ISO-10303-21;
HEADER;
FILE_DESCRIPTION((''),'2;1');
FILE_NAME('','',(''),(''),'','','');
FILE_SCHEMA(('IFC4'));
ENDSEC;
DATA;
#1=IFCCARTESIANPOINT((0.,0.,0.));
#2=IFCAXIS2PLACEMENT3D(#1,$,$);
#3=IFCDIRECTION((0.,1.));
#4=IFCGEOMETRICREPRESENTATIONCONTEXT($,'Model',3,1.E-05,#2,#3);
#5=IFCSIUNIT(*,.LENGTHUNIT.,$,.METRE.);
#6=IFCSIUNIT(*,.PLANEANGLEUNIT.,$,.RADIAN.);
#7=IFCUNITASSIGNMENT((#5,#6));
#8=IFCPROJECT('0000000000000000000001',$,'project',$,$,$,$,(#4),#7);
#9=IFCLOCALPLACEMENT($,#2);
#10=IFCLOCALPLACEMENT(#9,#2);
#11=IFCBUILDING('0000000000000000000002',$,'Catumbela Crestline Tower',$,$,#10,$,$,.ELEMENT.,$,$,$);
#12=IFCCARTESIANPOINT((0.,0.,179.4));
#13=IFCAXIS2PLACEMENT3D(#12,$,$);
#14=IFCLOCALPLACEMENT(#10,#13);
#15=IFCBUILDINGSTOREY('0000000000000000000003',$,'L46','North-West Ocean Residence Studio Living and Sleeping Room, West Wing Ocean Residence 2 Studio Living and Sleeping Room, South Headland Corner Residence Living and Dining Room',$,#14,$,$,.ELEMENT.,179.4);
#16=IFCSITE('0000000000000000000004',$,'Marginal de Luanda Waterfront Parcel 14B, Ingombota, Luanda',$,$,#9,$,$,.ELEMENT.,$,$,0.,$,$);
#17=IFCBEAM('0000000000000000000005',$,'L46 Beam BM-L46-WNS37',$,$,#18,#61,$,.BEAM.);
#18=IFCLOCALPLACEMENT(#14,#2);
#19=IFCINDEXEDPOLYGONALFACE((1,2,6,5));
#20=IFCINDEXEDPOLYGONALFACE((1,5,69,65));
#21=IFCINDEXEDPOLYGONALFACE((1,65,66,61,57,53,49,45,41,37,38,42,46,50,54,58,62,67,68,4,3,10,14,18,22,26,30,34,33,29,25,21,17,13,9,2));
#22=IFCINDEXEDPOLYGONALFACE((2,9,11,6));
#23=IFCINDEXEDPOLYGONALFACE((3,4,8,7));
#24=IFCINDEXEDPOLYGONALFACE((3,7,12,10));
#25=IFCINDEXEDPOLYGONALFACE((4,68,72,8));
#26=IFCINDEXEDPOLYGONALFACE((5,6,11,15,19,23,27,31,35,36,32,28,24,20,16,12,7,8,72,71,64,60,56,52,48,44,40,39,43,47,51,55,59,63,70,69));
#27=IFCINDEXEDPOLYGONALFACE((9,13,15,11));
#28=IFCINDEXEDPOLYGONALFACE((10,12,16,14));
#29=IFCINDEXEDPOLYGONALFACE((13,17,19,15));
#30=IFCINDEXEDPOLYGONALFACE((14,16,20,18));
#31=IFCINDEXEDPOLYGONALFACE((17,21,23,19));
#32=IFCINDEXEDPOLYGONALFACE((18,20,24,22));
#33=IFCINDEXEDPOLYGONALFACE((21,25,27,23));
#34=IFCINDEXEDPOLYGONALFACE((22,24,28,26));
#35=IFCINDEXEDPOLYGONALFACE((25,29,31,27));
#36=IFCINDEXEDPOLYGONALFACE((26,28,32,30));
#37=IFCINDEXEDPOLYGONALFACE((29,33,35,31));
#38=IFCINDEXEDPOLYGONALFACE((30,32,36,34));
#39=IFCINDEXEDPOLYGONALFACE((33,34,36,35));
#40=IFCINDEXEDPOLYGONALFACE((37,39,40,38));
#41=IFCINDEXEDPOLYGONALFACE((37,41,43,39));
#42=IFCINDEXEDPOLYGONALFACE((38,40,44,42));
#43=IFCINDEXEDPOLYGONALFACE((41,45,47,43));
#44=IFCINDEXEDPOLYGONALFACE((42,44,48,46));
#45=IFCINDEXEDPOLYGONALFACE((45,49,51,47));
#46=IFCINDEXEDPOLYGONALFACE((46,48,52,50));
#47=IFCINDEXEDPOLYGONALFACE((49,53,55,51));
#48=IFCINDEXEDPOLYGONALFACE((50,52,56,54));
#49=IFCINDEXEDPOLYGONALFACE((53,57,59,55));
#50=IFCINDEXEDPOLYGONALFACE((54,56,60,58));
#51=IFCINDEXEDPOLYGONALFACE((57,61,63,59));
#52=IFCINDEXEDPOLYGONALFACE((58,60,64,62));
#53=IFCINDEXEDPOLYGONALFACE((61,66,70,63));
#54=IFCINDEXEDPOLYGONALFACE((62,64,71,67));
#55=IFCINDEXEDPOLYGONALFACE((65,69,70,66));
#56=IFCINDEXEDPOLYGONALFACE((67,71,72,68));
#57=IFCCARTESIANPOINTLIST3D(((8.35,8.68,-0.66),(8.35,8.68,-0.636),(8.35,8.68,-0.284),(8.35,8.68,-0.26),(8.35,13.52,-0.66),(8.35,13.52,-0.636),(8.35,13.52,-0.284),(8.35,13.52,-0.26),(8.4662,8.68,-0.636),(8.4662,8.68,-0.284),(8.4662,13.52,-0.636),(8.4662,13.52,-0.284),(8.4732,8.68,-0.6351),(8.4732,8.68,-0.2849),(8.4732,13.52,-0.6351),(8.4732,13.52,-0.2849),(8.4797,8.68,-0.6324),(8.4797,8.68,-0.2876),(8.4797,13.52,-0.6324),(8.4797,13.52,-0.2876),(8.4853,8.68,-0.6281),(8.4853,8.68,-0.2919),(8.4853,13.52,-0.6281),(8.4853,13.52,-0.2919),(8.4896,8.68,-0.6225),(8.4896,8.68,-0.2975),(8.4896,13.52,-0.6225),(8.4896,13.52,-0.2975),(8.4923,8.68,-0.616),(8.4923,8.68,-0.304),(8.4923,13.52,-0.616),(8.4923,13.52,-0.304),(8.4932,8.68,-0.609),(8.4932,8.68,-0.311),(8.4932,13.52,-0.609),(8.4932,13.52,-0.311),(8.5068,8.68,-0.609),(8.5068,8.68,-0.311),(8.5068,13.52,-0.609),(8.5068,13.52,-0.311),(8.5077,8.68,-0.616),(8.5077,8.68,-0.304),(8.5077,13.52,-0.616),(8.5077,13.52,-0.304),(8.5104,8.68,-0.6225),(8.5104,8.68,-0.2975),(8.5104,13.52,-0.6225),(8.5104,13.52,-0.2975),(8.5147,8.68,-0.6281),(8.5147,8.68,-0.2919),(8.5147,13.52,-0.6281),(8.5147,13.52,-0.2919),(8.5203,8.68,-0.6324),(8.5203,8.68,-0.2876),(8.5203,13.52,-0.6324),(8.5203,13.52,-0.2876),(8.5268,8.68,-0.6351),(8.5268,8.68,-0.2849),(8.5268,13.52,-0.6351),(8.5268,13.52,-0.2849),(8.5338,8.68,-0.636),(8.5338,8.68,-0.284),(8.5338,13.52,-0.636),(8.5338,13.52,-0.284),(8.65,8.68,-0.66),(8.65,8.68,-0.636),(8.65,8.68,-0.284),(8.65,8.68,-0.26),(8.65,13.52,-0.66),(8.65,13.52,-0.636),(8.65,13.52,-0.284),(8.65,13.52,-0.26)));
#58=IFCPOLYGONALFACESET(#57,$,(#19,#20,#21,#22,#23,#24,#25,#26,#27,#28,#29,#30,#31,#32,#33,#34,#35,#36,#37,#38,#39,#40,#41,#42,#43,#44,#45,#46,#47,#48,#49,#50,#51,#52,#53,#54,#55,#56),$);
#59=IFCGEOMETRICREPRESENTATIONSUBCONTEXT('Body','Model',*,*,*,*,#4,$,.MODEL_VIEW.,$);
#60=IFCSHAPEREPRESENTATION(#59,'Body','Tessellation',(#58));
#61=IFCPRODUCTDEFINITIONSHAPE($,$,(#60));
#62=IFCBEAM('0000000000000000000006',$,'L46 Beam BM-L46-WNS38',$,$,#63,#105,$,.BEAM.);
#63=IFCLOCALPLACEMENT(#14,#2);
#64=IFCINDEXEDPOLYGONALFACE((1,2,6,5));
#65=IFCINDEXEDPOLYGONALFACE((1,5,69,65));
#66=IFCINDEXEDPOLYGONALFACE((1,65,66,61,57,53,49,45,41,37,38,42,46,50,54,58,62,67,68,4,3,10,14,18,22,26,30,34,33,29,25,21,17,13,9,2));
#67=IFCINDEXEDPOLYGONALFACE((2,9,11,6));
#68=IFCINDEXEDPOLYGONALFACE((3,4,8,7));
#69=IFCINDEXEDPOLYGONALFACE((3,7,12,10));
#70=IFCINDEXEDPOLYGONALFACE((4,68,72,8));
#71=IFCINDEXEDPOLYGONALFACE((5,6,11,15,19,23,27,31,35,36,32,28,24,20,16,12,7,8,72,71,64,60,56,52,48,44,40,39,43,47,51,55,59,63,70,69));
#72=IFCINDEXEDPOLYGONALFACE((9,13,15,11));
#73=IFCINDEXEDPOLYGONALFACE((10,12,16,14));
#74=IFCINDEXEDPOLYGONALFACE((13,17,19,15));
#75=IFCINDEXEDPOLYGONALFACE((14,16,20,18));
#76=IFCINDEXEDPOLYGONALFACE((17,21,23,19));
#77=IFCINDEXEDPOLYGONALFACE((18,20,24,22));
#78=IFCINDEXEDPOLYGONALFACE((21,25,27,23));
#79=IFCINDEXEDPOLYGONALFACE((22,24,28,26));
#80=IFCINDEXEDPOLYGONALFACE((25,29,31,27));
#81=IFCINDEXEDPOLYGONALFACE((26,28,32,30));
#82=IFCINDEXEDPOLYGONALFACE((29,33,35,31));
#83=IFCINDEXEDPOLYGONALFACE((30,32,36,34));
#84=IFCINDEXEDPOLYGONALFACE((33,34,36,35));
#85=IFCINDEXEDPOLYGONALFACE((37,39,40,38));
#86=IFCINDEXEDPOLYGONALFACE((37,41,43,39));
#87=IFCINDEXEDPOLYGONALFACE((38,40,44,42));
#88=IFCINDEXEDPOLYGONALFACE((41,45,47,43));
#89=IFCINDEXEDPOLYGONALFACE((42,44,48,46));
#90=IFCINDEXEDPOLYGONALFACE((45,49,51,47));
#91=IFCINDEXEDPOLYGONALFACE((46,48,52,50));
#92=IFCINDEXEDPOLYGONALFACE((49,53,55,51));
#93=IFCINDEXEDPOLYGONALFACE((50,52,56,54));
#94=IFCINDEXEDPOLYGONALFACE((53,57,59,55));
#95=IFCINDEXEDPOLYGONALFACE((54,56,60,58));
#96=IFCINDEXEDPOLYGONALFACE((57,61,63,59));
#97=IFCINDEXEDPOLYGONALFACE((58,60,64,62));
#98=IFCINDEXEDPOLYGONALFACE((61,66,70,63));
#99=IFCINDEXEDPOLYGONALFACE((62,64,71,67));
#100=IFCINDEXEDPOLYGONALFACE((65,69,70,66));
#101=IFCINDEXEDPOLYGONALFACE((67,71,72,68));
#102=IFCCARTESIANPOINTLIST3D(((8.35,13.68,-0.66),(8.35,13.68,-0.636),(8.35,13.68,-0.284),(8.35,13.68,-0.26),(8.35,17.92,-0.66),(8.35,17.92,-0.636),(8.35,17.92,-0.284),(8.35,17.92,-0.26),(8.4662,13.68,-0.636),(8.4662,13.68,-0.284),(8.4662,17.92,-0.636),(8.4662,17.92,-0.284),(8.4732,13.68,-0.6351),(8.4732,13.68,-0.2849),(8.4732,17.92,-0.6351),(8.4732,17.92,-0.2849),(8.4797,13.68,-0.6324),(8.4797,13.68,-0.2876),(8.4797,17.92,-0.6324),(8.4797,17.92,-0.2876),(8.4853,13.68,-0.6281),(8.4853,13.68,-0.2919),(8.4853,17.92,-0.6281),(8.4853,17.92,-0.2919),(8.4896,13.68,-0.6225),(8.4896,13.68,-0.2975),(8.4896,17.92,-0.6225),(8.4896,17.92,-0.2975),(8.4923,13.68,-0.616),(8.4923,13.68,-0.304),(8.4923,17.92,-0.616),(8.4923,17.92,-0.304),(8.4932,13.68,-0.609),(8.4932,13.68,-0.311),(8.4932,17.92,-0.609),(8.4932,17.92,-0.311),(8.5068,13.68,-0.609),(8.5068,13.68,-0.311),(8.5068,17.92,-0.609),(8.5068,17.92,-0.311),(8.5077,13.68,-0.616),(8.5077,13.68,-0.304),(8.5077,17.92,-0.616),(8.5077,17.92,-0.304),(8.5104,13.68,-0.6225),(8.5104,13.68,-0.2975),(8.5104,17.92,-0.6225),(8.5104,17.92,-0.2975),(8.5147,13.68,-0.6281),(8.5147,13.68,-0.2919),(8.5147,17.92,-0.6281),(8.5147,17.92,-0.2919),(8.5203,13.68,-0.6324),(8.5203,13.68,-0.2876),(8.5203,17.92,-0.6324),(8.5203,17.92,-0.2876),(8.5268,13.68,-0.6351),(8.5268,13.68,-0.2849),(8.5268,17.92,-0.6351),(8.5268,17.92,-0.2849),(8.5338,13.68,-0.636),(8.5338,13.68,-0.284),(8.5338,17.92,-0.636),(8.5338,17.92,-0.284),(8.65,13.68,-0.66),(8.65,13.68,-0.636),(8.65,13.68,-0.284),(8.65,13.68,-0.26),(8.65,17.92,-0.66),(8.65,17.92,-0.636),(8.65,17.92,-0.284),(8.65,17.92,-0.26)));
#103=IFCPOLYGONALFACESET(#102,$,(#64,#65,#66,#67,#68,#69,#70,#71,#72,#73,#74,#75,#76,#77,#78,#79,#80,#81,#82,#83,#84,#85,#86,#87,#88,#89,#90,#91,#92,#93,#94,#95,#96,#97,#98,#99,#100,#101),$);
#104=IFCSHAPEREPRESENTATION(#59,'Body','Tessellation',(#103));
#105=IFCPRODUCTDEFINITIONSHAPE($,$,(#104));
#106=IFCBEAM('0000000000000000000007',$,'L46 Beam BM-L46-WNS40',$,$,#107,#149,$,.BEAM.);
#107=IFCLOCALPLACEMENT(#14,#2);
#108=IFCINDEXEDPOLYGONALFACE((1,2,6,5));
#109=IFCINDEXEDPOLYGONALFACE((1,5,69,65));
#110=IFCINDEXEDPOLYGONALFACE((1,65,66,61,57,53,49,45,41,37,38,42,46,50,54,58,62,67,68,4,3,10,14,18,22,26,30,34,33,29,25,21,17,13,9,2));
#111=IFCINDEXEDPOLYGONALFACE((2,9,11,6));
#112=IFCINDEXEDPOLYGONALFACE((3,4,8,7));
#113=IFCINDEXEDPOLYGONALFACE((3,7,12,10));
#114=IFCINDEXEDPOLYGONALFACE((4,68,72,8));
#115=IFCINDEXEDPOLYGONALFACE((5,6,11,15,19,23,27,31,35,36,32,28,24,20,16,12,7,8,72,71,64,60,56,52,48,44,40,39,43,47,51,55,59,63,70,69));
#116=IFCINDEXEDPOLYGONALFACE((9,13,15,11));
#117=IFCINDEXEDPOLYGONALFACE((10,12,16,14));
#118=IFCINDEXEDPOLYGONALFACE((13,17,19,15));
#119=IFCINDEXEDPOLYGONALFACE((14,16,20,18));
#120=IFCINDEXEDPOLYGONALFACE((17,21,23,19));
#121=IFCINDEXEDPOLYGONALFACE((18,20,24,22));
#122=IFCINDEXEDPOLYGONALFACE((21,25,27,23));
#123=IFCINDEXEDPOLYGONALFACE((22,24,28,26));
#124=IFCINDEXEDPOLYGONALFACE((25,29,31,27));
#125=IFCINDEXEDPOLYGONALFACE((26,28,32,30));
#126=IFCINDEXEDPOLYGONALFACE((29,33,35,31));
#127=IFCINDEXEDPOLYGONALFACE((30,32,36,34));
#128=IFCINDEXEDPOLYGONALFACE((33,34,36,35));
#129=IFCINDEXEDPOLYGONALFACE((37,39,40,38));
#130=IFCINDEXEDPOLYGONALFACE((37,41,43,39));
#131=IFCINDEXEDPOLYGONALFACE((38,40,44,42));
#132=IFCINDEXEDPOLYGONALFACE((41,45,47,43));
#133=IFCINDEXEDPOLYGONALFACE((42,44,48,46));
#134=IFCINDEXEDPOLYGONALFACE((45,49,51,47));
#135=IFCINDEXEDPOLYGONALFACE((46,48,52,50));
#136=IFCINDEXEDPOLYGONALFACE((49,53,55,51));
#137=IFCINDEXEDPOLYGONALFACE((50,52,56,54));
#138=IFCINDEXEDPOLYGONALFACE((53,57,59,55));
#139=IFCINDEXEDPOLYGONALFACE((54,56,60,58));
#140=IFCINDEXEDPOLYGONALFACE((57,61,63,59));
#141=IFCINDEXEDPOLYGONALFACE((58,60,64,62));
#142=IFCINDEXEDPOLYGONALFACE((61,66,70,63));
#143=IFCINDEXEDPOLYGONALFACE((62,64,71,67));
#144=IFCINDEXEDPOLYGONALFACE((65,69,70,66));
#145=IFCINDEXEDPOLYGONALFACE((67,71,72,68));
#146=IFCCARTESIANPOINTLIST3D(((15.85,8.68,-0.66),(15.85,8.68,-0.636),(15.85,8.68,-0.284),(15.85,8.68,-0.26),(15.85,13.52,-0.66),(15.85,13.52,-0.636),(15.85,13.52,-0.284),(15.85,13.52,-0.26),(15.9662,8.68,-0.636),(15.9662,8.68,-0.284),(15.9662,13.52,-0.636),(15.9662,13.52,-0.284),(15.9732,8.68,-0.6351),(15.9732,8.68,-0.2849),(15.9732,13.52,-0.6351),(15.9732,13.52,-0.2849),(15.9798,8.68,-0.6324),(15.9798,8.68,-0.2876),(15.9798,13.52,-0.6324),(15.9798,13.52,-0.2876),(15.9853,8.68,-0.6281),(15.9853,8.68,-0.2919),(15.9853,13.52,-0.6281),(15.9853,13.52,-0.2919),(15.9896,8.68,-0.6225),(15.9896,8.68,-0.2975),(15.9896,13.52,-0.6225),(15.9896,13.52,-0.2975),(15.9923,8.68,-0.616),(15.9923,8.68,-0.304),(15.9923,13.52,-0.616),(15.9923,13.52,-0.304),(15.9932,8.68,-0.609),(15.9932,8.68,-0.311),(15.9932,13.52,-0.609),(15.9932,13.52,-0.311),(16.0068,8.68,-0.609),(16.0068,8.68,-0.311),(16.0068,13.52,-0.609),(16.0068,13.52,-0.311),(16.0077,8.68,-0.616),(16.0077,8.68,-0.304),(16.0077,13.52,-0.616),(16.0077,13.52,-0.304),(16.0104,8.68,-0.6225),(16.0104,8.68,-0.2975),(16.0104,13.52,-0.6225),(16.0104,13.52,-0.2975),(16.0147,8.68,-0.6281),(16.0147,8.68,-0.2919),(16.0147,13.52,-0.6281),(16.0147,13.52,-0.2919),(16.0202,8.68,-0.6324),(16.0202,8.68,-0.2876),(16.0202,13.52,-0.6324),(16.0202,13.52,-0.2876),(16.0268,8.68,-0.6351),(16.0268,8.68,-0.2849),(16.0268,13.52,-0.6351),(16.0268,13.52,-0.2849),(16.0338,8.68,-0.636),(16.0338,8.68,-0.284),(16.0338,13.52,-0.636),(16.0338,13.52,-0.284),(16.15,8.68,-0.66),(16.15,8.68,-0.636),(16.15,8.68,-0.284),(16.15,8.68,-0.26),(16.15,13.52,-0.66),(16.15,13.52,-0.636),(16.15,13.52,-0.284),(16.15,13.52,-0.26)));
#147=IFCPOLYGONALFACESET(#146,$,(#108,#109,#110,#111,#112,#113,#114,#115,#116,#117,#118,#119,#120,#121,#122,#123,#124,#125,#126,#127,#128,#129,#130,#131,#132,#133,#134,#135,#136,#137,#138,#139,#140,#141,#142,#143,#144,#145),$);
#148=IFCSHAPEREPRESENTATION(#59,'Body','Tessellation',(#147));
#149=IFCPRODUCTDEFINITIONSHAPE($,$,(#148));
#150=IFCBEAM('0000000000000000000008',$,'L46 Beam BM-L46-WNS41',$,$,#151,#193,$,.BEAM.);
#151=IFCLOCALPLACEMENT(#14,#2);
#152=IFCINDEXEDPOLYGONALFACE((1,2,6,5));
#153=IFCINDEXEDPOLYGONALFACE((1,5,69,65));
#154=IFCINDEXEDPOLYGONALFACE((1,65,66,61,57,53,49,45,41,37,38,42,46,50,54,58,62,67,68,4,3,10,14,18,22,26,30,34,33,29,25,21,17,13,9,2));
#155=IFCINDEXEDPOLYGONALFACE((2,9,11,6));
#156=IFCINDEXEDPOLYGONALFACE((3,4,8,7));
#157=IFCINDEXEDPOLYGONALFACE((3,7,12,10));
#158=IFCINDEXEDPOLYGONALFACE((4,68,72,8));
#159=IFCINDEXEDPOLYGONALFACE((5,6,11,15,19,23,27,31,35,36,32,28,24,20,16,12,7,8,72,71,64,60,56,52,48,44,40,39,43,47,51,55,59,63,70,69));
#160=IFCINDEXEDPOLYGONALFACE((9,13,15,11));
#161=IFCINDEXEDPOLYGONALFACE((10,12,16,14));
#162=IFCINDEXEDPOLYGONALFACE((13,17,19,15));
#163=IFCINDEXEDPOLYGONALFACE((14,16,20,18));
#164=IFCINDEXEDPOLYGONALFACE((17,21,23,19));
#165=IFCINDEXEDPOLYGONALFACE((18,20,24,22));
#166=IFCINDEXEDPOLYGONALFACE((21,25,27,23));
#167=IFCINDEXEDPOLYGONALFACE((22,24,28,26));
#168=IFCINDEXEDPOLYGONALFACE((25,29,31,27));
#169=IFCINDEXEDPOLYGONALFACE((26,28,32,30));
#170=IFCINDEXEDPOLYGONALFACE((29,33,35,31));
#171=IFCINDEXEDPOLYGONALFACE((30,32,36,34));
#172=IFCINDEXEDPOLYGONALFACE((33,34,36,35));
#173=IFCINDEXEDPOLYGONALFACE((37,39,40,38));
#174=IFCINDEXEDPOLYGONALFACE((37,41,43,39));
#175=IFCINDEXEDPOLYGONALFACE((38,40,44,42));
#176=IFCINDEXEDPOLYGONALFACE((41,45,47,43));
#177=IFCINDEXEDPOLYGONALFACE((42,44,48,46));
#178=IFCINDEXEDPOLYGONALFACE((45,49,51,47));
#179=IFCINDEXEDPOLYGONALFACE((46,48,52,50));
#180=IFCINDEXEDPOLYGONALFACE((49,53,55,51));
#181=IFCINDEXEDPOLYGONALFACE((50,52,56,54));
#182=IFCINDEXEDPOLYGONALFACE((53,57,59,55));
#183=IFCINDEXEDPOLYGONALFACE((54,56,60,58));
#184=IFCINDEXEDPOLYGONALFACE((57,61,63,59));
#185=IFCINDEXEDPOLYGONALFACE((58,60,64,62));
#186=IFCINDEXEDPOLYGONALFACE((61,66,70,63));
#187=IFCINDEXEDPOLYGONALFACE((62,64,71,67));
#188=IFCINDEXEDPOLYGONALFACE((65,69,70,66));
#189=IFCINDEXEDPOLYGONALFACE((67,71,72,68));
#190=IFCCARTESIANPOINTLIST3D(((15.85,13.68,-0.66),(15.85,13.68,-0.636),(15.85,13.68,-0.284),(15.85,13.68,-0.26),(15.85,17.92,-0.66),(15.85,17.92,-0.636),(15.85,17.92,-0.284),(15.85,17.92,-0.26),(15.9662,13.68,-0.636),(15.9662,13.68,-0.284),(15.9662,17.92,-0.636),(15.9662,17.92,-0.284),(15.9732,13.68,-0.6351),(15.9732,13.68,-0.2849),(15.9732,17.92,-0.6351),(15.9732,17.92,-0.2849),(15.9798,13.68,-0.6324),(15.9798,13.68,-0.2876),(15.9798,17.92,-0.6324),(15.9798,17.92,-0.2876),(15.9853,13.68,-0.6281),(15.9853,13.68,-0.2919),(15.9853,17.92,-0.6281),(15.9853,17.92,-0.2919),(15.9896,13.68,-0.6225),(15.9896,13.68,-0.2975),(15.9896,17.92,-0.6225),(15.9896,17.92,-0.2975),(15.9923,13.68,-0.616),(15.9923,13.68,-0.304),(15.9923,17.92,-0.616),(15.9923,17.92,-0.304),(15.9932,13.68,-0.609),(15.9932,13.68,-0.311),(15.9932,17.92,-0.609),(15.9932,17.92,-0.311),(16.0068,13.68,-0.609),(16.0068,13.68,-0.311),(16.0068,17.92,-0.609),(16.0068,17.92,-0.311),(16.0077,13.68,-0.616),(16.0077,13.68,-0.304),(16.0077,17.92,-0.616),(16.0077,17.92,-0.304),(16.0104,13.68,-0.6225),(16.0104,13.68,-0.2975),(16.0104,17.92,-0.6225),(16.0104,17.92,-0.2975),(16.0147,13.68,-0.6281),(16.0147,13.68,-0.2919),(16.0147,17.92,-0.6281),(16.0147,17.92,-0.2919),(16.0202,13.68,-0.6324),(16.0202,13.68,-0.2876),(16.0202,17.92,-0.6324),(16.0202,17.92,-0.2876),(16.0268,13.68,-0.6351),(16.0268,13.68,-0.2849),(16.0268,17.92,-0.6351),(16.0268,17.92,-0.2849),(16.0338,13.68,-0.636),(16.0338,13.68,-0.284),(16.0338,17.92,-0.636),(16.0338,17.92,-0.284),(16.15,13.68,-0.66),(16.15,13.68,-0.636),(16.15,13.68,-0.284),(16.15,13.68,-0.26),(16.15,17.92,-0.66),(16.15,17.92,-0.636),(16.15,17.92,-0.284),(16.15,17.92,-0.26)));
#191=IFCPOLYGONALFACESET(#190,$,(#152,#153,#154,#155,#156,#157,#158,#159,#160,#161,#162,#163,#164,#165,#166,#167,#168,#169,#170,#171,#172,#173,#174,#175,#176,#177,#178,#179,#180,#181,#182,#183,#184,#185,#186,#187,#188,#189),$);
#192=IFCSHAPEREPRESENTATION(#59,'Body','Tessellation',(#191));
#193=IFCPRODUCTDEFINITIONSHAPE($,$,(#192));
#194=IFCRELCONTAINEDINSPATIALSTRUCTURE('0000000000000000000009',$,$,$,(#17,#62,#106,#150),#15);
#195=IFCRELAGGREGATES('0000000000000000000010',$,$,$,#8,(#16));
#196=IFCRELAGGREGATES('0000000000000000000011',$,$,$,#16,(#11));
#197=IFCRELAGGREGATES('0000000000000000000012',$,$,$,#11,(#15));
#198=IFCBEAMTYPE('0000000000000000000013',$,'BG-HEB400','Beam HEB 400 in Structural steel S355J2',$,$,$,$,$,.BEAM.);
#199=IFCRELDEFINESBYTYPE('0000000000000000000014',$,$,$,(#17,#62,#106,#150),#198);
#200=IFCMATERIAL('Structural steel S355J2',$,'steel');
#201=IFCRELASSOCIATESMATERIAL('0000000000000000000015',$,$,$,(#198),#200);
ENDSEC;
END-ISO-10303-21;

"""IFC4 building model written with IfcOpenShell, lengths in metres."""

from ifc_helpers import new_model, si_unit, direction, frame, origin, origin_2d, place, context, subcontext, project, spatial, i_section, extrude, material, material_profile, profile_set, type_object, element, save


model = new_model("IFC4")

# Units and contexts
model_context = context("Model", 3, precision=1e-05, world=origin(), true_north=direction((0.0, 1.0)))
body_context = subcontext(model_context, "Body", "Model", "MODEL_VIEW")
ifc_project = project(units=[si_unit("LENGTHUNIT", "METRE"), si_unit("PLANEANGLEUNIT", "RADIAN")], contexts=[model_context])

# Site, building, storey
site_placement = place(None, origin())
site = spatial("IfcSite", under=ifc_project, at=site_placement, Name="Marginal de Luanda Waterfront Parcel 14B, Ingombota, Luanda", CompositionType="ELEMENT", RefElevation=0.0)
building_placement = place(site_placement, origin())
building = spatial("IfcBuilding", under=site, at=building_placement, Name="Catumbela Crestline Tower", CompositionType="ELEMENT")
storey_placement = place(building_placement, frame((0.0, 0.0, 179.4)))
storey = spatial("IfcBuildingStorey", under=building, at=storey_placement, Name="L46", Description="North-West Ocean Residence Studio Living and Sleeping Room, West Wing Ocean Residence 2 Studio Living and Sleeping Room, South Headland Corner Residence Living and Dining Room", CompositionType="ELEMENT", Elevation=179.4)

# Shared definitions
ifc_material_1 = material(Name="Structural steel S355J2", Category="steel")

# Beams
ifc_material_profile_1 = material_profile(ifc_material_1, i_section(OverallWidth=0.3, OverallDepth=0.4, WebThickness=0.0135, FlangeThickness=0.024, FilletRadius=0.027, at=origin_2d()), Name="HEB 400")
ifc_profile_set_1 = profile_set([ifc_material_profile_1], Name="Structural steel S355J2")
beam_type_1 = type_object("IfcBeamType", Name="BG-HEB400", Description="Beam HEB 400 in Structural steel S355J2", PredefinedType="BEAM", material=ifc_profile_set_1)
beam_1_placement = place(storey_placement, frame((8.5, 8.68, -0.46), z_axis=(0.0, 1.0, 0.0), x_axis=(-1.0, 0.0, 0.0)))
element("IfcBeam", 1, at=beam_1_placement, inside=storey, type_object=beam_type_1, Name="L46 Beam BM-L46-WNS37", PredefinedType="BEAM", context=body_context, shape_type="SweptSolid", body=[
    extrude(i_section(OverallWidth=0.3, OverallDepth=0.4, WebThickness=0.0135, FlangeThickness=0.024, FilletRadius=0.027, at=origin_2d()), origin(), (0.0, 0.0, 1.0), 4.84),
])
beam_2_placement = place(storey_placement, frame((8.5, 13.68, -0.46), z_axis=(0.0, 1.0, 0.0), x_axis=(-1.0, 0.0, 0.0)))
element("IfcBeam", 2, at=beam_2_placement, inside=storey, type_object=beam_type_1, Name="L46 Beam BM-L46-WNS38", PredefinedType="BEAM", context=body_context, shape_type="SweptSolid", body=[
    extrude(i_section(OverallWidth=0.3, OverallDepth=0.4, WebThickness=0.0135, FlangeThickness=0.024, FilletRadius=0.027, at=origin_2d()), origin(), (0.0, 0.0, 1.0), 4.24),
])
beam_3_placement = place(storey_placement, frame((16.0, 8.68, -0.46), z_axis=(0.0, 1.0, 0.0), x_axis=(-1.0, 0.0, 0.0)))
element("IfcBeam", 3, at=beam_3_placement, inside=storey, type_object=beam_type_1, Name="L46 Beam BM-L46-WNS40", PredefinedType="BEAM", context=body_context, shape_type="SweptSolid", body=[
    extrude(i_section(OverallWidth=0.3, OverallDepth=0.4, WebThickness=0.0135, FlangeThickness=0.024, FilletRadius=0.027, at=origin_2d()), origin(), (0.0, 0.0, 1.0), 4.84),
])
beam_4_placement = place(storey_placement, frame((16.0, 13.68, -0.46), z_axis=(0.0, 1.0, 0.0), x_axis=(-1.0, 0.0, 0.0)))
element("IfcBeam", 4, at=beam_4_placement, inside=storey, type_object=beam_type_1, Name="L46 Beam BM-L46-WNS41", PredefinedType="BEAM", context=body_context, shape_type="SweptSolid", body=[
    extrude(i_section(OverallWidth=0.3, OverallDepth=0.4, WebThickness=0.0135, FlangeThickness=0.024, FilletRadius=0.027, at=origin_2d()), origin(), (0.0, 0.0, 1.0), 4.24),
])

save(model, "model.ifc")
